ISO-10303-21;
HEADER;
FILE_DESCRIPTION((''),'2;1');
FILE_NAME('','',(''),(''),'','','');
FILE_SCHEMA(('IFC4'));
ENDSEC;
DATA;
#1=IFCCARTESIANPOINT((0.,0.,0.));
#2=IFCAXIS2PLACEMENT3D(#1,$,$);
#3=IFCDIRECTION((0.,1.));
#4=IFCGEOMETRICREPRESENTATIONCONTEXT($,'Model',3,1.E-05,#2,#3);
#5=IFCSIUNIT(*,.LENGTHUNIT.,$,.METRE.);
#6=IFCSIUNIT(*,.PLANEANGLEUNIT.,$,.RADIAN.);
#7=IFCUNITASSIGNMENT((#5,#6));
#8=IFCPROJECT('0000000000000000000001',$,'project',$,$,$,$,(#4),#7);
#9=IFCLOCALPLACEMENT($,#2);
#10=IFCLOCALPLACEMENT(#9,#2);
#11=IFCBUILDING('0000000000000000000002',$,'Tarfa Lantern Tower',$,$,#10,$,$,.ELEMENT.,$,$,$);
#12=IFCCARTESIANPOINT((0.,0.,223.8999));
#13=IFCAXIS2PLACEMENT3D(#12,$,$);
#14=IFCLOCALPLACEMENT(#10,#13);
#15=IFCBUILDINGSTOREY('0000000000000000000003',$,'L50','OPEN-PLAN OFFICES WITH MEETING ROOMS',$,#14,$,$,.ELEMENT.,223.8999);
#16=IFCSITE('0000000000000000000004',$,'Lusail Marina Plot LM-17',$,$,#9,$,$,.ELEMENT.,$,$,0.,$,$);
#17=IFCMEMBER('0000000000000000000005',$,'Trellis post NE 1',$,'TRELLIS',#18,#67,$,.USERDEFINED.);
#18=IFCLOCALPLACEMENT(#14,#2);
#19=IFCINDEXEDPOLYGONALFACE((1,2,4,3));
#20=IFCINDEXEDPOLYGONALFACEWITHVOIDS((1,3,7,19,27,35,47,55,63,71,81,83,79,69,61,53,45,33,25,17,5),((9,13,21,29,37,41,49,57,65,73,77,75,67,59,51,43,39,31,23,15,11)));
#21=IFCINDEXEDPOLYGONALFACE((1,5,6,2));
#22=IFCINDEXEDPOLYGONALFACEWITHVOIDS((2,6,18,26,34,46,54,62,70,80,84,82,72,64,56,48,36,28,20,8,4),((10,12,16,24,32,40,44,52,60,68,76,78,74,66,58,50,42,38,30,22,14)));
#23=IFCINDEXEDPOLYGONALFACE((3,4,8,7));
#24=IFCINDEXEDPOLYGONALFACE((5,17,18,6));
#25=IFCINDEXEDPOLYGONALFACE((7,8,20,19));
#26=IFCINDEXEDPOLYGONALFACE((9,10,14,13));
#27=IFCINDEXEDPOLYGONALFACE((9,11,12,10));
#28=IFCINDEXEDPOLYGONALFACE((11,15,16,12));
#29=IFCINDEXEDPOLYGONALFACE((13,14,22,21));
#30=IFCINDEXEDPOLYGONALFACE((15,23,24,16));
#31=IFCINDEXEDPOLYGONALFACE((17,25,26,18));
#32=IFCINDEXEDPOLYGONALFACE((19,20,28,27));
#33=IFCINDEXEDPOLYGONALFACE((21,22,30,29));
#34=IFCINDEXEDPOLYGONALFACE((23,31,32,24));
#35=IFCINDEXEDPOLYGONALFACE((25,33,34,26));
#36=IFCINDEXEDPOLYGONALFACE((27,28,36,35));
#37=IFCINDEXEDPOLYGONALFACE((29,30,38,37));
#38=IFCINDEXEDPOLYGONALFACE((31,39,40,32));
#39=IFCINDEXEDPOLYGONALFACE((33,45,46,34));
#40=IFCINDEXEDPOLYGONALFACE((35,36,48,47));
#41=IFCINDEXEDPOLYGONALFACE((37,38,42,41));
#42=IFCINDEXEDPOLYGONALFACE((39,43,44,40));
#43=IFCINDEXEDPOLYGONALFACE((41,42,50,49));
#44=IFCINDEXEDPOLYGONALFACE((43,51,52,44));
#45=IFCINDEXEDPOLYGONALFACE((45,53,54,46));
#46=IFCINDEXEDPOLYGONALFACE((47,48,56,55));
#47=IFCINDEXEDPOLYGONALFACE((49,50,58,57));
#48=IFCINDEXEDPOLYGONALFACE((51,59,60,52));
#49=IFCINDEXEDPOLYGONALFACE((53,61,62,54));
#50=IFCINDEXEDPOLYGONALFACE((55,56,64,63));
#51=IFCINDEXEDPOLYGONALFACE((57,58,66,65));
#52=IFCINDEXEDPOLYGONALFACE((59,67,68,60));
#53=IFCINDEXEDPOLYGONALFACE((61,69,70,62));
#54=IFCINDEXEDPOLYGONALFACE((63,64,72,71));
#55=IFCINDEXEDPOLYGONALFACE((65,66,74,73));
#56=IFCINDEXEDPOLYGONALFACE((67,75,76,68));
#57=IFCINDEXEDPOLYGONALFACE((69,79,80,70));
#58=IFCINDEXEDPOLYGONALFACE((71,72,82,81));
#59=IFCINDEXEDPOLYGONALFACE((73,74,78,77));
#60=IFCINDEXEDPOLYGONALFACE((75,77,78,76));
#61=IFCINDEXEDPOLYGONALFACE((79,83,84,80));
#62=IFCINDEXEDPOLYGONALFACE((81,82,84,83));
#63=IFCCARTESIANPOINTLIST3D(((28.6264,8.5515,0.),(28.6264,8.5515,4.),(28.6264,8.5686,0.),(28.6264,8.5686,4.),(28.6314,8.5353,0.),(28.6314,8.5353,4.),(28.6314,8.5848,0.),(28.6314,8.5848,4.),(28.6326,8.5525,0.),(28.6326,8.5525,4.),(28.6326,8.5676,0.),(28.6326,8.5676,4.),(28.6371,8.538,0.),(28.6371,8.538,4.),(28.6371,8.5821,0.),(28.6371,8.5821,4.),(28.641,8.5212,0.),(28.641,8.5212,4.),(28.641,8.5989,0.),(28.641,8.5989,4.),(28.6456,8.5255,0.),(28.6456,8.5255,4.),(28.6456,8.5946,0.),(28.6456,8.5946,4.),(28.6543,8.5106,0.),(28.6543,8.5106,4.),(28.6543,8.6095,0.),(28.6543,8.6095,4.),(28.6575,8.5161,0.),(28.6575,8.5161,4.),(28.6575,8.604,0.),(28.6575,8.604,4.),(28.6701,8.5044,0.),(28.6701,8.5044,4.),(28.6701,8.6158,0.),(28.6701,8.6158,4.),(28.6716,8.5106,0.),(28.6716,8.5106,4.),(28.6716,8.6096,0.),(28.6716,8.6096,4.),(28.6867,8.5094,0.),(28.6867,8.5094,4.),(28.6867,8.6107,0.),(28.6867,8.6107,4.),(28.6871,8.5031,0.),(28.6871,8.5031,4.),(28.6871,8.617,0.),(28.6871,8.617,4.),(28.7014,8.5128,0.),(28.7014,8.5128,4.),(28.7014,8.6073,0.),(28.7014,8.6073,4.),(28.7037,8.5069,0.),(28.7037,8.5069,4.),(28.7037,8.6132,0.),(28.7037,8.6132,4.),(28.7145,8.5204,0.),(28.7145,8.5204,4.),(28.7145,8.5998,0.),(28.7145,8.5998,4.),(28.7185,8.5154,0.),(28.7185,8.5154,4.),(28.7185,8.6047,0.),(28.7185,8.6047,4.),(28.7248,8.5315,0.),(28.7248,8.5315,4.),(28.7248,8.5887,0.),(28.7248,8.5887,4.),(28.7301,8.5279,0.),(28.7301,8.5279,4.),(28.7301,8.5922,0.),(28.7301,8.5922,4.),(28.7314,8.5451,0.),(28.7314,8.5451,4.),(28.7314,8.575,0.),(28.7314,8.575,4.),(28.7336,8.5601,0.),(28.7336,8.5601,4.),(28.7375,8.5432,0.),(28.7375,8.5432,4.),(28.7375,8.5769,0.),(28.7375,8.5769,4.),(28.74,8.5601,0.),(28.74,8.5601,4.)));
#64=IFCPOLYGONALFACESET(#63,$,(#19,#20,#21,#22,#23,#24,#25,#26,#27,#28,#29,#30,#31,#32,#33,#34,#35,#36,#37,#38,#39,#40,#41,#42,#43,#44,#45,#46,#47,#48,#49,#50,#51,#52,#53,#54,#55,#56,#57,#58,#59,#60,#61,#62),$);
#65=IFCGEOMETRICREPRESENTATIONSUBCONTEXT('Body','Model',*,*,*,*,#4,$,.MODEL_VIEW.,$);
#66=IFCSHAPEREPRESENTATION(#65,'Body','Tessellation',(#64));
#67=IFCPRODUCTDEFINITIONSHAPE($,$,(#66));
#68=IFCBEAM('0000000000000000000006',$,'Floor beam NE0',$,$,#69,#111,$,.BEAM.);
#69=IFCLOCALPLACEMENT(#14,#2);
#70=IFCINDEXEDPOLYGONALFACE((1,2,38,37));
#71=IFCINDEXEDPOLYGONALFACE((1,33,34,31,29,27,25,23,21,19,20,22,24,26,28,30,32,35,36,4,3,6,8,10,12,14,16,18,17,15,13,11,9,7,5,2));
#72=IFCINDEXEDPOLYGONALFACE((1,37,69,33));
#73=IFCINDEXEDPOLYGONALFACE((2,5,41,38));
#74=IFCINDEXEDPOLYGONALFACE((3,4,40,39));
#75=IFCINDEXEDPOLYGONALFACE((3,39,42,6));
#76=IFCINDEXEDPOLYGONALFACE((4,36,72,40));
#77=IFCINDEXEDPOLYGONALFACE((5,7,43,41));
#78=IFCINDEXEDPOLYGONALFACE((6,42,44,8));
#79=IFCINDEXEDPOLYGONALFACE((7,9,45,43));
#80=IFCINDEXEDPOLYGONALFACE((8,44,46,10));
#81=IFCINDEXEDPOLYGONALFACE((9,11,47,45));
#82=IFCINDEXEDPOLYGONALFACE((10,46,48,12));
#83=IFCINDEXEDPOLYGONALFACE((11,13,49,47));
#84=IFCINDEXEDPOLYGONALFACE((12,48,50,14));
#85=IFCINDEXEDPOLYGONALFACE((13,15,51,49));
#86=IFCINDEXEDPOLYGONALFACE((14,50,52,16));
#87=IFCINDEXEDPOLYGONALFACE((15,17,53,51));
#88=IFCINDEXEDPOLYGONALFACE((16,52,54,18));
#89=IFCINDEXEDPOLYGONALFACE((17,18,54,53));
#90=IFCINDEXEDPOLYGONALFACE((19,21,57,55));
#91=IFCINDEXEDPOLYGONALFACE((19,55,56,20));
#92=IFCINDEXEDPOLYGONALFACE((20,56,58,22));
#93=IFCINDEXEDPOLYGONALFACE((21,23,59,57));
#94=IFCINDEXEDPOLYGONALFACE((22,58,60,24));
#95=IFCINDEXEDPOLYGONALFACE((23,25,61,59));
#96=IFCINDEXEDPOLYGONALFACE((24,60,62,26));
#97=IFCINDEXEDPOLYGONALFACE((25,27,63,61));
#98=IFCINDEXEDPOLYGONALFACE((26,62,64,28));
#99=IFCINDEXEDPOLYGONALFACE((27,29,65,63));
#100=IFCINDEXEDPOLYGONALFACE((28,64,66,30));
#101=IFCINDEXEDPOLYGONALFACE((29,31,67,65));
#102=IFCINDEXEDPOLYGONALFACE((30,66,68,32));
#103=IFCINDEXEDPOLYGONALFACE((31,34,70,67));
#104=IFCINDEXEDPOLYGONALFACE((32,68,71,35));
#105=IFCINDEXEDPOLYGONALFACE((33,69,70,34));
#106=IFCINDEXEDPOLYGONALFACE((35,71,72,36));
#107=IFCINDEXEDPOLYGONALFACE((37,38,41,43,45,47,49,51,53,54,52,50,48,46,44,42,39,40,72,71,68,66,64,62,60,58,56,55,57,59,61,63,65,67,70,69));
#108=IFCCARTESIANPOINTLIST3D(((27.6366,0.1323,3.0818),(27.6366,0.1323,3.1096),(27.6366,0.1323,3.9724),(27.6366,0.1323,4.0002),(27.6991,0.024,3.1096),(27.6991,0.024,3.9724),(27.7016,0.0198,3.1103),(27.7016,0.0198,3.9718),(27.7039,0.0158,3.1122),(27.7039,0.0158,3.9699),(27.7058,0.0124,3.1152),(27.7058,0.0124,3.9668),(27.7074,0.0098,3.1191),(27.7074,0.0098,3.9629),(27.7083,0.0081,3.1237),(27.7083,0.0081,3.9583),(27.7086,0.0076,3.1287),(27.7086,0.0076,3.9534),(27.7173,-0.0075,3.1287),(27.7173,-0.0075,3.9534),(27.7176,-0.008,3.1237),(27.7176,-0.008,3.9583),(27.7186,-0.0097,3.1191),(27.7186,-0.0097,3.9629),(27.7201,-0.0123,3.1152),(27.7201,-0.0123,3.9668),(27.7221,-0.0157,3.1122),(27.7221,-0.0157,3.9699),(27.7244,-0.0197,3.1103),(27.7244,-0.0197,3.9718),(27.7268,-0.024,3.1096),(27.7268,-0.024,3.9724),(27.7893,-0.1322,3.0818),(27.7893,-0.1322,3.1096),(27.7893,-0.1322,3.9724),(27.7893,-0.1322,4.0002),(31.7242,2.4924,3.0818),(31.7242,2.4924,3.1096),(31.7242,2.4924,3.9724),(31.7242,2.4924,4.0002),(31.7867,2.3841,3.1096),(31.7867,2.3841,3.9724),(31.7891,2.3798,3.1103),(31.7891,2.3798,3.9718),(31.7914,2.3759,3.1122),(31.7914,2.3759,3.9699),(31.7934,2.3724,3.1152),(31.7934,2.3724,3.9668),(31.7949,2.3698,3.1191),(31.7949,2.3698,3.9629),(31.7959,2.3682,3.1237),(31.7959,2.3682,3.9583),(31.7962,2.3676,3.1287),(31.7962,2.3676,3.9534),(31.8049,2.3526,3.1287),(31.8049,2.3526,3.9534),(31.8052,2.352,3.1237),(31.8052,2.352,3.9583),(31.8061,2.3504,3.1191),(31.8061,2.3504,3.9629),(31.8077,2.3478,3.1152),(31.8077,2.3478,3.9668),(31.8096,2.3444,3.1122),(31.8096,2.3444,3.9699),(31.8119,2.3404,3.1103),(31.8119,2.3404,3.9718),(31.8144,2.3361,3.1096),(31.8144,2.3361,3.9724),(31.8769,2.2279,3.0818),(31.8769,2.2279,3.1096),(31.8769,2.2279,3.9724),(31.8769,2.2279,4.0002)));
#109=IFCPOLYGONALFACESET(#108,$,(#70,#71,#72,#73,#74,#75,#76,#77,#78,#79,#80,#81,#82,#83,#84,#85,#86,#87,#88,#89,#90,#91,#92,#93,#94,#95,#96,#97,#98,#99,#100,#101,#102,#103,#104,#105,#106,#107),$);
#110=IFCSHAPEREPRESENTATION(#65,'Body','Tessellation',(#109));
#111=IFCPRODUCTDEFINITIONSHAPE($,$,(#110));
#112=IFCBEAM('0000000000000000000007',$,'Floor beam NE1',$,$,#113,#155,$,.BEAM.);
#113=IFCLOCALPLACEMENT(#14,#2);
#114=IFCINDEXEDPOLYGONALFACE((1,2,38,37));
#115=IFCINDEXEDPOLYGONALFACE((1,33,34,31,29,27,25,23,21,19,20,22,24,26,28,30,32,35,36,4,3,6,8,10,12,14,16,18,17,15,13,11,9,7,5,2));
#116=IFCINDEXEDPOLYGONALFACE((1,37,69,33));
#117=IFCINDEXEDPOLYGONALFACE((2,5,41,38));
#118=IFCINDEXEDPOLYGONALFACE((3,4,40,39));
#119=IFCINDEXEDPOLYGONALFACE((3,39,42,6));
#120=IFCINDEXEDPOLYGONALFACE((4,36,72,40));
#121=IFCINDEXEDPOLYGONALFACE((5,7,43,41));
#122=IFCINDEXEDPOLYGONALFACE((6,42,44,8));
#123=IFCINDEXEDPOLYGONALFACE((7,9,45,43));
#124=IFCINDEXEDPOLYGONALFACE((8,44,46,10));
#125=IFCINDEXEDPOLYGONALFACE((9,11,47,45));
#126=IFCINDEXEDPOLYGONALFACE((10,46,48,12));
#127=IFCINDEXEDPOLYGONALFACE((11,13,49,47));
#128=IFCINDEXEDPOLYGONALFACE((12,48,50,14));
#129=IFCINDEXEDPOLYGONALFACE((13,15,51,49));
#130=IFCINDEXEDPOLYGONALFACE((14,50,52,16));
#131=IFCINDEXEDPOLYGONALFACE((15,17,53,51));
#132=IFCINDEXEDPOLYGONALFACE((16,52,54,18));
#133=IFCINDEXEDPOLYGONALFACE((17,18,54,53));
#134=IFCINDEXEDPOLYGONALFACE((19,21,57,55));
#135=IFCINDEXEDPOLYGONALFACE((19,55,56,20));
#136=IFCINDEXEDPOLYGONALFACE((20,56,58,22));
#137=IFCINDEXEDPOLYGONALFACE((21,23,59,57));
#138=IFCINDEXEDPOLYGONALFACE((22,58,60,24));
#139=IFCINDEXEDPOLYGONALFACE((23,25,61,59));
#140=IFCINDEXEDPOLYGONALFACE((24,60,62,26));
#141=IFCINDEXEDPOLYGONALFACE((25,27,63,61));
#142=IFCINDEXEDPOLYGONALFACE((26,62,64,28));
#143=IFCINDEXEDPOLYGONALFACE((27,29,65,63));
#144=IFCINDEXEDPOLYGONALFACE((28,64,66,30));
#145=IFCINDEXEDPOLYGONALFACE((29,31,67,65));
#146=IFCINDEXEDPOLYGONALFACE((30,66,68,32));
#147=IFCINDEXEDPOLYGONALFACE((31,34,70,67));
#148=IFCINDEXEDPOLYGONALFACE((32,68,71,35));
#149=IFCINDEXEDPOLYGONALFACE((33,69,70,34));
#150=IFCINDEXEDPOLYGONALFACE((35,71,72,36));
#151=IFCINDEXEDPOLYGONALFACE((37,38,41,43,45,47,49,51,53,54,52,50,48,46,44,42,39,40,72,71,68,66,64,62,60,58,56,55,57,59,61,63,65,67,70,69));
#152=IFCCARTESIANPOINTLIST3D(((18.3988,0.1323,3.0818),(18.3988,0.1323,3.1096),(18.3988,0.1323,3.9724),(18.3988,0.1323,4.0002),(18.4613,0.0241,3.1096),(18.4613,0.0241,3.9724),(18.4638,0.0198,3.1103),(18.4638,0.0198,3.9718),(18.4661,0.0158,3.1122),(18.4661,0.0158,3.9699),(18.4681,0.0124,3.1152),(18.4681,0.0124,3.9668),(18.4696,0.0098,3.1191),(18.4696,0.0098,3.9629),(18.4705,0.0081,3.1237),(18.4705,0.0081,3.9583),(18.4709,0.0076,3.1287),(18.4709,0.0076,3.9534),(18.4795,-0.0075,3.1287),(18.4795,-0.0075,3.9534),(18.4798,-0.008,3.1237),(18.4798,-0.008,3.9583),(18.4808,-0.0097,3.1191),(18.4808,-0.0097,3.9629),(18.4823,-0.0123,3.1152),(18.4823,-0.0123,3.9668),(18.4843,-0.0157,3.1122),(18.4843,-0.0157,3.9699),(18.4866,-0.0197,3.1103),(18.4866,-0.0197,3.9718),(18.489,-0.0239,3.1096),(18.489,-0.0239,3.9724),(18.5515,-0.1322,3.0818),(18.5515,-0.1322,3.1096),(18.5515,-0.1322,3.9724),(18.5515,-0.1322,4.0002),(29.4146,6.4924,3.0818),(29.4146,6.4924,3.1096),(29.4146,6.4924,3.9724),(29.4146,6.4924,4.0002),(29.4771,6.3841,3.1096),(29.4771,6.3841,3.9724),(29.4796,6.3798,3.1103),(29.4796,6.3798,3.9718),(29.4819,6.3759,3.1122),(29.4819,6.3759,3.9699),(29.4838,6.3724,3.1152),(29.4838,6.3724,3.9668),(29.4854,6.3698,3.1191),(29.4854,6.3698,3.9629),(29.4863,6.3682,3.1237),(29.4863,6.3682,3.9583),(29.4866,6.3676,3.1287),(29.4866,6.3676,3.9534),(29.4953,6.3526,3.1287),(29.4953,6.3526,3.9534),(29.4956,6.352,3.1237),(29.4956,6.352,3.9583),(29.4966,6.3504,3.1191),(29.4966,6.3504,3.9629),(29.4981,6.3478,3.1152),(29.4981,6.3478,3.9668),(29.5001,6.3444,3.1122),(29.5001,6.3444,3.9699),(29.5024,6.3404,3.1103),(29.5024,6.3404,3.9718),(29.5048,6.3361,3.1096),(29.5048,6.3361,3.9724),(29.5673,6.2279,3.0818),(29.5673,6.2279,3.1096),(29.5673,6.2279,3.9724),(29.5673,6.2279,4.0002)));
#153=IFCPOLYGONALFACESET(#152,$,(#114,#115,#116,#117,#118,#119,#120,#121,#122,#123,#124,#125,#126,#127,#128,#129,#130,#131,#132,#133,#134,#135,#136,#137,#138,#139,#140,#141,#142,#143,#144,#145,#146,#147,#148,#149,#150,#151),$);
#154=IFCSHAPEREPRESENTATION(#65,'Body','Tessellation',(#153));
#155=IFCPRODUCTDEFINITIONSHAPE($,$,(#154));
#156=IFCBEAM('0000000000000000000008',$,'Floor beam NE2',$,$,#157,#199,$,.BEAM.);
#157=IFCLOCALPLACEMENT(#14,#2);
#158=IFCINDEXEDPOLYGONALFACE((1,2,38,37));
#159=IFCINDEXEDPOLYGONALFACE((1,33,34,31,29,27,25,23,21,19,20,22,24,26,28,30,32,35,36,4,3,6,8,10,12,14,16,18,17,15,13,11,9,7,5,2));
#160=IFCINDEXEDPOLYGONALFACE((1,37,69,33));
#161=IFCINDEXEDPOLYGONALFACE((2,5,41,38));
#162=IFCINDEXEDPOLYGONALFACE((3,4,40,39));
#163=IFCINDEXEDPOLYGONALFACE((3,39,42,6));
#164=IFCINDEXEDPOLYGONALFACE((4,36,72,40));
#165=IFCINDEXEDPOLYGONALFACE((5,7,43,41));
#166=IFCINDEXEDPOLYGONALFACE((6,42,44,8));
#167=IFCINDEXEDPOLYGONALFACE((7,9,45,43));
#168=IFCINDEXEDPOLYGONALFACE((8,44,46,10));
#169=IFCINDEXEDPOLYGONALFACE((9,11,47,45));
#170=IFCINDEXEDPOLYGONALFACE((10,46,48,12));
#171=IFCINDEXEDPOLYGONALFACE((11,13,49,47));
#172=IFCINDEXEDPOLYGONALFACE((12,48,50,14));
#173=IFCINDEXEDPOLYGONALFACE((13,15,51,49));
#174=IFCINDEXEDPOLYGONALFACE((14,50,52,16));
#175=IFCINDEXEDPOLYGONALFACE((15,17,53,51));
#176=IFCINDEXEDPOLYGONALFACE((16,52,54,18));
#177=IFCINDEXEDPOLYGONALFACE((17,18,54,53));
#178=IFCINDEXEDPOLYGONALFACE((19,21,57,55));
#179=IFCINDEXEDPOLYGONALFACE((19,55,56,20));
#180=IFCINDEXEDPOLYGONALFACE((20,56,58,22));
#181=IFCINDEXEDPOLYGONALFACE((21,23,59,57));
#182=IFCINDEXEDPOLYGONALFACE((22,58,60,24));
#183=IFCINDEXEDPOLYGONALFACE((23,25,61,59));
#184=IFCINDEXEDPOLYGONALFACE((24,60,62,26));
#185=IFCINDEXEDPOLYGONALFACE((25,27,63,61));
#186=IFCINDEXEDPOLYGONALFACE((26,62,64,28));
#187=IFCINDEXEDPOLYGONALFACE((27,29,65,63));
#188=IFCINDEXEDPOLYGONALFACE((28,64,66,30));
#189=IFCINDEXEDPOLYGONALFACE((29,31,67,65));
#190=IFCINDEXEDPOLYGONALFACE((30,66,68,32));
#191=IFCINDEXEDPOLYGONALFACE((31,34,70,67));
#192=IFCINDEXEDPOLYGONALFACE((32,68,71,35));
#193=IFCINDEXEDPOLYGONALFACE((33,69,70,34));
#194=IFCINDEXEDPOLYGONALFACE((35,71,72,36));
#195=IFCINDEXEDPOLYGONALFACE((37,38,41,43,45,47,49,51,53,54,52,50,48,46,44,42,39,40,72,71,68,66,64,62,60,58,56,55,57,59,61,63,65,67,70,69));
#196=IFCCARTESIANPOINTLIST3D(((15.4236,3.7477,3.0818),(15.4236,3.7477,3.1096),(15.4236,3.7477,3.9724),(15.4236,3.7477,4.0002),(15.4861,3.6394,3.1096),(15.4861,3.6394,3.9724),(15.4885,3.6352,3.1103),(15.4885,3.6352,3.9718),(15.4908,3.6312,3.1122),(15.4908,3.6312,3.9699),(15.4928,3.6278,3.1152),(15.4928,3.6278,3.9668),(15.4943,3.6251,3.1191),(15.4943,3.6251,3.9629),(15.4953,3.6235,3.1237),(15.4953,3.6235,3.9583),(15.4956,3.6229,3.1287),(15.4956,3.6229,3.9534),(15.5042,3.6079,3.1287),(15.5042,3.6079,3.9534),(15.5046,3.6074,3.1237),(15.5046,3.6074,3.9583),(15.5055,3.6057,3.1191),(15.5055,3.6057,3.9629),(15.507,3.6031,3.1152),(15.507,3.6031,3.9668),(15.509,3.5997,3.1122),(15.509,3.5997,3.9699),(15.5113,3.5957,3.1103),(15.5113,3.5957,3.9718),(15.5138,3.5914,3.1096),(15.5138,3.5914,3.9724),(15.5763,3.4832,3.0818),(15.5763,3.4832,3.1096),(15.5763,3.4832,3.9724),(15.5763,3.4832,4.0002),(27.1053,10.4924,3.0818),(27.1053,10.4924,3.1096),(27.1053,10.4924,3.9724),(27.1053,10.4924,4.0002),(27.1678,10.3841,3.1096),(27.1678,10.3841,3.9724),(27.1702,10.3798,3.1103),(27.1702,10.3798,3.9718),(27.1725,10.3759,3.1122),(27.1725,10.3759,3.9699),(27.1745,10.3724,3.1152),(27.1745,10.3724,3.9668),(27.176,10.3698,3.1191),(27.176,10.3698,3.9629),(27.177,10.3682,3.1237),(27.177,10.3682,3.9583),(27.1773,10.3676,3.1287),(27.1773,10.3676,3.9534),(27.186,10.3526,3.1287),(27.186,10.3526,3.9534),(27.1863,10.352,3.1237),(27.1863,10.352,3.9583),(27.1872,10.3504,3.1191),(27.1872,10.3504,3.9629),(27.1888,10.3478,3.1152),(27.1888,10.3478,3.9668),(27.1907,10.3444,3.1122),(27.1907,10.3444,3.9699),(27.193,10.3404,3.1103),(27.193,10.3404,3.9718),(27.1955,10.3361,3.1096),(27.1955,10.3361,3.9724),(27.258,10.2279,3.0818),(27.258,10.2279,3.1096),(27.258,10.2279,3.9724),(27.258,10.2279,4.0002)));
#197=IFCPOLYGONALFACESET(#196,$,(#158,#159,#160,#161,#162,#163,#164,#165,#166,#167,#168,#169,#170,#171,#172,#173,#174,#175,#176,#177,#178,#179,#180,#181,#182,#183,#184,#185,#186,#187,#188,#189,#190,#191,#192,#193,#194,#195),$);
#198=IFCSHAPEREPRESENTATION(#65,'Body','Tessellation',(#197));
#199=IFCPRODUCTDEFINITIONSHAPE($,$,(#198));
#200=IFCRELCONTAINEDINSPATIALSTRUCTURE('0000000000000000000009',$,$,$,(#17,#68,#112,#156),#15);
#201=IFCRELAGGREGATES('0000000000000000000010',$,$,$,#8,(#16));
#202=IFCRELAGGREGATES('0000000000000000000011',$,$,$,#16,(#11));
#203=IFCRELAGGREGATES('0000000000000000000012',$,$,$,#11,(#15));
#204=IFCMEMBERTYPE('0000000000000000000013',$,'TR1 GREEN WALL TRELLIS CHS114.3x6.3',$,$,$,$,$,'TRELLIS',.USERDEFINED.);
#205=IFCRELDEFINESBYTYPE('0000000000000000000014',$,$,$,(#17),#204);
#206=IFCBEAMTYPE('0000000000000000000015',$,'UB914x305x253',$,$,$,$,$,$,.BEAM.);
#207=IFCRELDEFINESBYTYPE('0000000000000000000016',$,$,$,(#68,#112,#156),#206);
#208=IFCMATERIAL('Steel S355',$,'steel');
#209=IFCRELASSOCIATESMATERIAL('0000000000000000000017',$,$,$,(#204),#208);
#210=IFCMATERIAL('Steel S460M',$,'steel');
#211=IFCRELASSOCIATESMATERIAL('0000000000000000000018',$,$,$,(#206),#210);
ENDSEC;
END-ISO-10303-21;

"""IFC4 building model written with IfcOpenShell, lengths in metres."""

from ifc_helpers import new_model, si_unit, direction, frame, origin, origin_2d, place, context, subcontext, project, spatial, hollow_circle, i_section, extrude, material, material_profile, profile_set, type_object, element, save


model = new_model("IFC4")

# Units and contexts
model_context = context("Model", 3, precision=1e-05, world=origin(), true_north=direction((0.0, 1.0)))
body_context = subcontext(model_context, "Body", "Model", "MODEL_VIEW")
ifc_project = project(units=[si_unit("LENGTHUNIT", "METRE"), si_unit("PLANEANGLEUNIT", "RADIAN")], contexts=[model_context])

# Site, building, storey
site_placement = place(None, origin())
site = spatial("IfcSite", under=ifc_project, at=site_placement, Name="Lusail Marina Plot LM-17", CompositionType="ELEMENT", RefElevation=0.0)
building_placement = place(site_placement, origin())
building = spatial("IfcBuilding", under=site, at=building_placement, Name="Tarfa Lantern Tower", CompositionType="ELEMENT")
storey_placement = place(building_placement, frame((0.0, 0.0, 223.8999)))
storey = spatial("IfcBuildingStorey", under=building, at=storey_placement, Name="L50", Description="OPEN-PLAN OFFICES WITH MEETING ROOMS", CompositionType="ELEMENT", Elevation=223.8999)

# Member
ifc_material_1 = material(Name="Steel S355", Category="steel")
ifc_material_profile_1 = material_profile(ifc_material_1, hollow_circle(Radius=0.0571, WallThickness=0.0063, at=origin_2d()), Name="CHS114.3x6.3")
ifc_profile_set_1 = profile_set([ifc_material_profile_1], Name="Steel S355")
member_type_1 = type_object("IfcMemberType", Name="TR1 GREEN WALL TRELLIS CHS114.3x6.3", ElementType="TRELLIS", PredefinedType="USERDEFINED", material=ifc_profile_set_1)
member_1_placement = place(storey_placement, frame((28.6829, 8.5601, 0.0), z_axis=(0.0, 0.0, 1.0), x_axis=(1.0, 0.0, 0.0)))
element("IfcMember", 1, at=member_1_placement, inside=storey, type_object=member_type_1, Name="Trellis post NE 1", ObjectType="TRELLIS", PredefinedType="USERDEFINED", context=body_context, shape_type="SweptSolid", body=[
    extrude(hollow_circle(Radius=0.0571, WallThickness=0.0063, at=origin_2d()), origin(), (0.0, 0.0, 1.0), 4.0),
])

# Beams
ifc_material_2 = material(Name="Steel S460M", Category="steel")
ifc_material_profile_2 = material_profile(ifc_material_2, i_section(OverallWidth=0.3054, OverallDepth=0.9185, WebThickness=0.0173, FlangeThickness=0.0278, FilletRadius=0.019, at=origin_2d()), Name="UB914x305x253")
ifc_profile_set_2 = profile_set([ifc_material_profile_2], Name="Steel S460M")
beam_type_1 = type_object("IfcBeamType", Name="UB914x305x253", PredefinedType="BEAM", material=ifc_profile_set_2)
beam_1_placement = place(storey_placement, frame((31.8005, 2.3601, 3.541), z_axis=(-0.866016, -0.500016, 0.0), x_axis=(0.500016, -0.866016, 0.0)))
element("IfcBeam", 2, at=beam_1_placement, inside=storey, type_object=beam_type_1, Name="Floor beam NE0", PredefinedType="BEAM", context=body_context, shape_type="SweptSolid", body=[
    extrude(i_section(OverallWidth=0.3054, OverallDepth=0.9185, WebThickness=0.0173, FlangeThickness=0.0278, FilletRadius=0.019, at=origin_2d()), origin(), (0.0, 0.0, 1.0), 4.72),
])
beam_2_placement = place(storey_placement, frame((29.491, 6.3601, 3.541), z_axis=(-0.866022, -0.500005, 0.0), x_axis=(0.500005, -0.866022, 0.0)))
element("IfcBeam", 3, at=beam_2_placement, inside=storey, type_object=beam_type_1, Name="Floor beam NE1", PredefinedType="BEAM", context=body_context, shape_type="SweptSolid", body=[
    extrude(i_section(OverallWidth=0.3054, OverallDepth=0.9185, WebThickness=0.0173, FlangeThickness=0.0278, FilletRadius=0.019, at=origin_2d()), origin(), (0.0, 0.0, 1.0), 12.72),
])
beam_3_placement = place(storey_placement, frame((27.1816, 10.3601, 3.541), z_axis=(-0.866018, -0.500013, 0.0), x_axis=(0.500013, -0.866018, 0.0)))
element("IfcBeam", 4, at=beam_3_placement, inside=storey, type_object=beam_type_1, Name="Floor beam NE2", PredefinedType="BEAM", context=body_context, shape_type="SweptSolid", body=[
    extrude(i_section(OverallWidth=0.3054, OverallDepth=0.9185, WebThickness=0.0173, FlangeThickness=0.0278, FilletRadius=0.019, at=origin_2d()), origin(), (0.0, 0.0, 1.0), 13.489),
])

save(model, "model.ifc")
